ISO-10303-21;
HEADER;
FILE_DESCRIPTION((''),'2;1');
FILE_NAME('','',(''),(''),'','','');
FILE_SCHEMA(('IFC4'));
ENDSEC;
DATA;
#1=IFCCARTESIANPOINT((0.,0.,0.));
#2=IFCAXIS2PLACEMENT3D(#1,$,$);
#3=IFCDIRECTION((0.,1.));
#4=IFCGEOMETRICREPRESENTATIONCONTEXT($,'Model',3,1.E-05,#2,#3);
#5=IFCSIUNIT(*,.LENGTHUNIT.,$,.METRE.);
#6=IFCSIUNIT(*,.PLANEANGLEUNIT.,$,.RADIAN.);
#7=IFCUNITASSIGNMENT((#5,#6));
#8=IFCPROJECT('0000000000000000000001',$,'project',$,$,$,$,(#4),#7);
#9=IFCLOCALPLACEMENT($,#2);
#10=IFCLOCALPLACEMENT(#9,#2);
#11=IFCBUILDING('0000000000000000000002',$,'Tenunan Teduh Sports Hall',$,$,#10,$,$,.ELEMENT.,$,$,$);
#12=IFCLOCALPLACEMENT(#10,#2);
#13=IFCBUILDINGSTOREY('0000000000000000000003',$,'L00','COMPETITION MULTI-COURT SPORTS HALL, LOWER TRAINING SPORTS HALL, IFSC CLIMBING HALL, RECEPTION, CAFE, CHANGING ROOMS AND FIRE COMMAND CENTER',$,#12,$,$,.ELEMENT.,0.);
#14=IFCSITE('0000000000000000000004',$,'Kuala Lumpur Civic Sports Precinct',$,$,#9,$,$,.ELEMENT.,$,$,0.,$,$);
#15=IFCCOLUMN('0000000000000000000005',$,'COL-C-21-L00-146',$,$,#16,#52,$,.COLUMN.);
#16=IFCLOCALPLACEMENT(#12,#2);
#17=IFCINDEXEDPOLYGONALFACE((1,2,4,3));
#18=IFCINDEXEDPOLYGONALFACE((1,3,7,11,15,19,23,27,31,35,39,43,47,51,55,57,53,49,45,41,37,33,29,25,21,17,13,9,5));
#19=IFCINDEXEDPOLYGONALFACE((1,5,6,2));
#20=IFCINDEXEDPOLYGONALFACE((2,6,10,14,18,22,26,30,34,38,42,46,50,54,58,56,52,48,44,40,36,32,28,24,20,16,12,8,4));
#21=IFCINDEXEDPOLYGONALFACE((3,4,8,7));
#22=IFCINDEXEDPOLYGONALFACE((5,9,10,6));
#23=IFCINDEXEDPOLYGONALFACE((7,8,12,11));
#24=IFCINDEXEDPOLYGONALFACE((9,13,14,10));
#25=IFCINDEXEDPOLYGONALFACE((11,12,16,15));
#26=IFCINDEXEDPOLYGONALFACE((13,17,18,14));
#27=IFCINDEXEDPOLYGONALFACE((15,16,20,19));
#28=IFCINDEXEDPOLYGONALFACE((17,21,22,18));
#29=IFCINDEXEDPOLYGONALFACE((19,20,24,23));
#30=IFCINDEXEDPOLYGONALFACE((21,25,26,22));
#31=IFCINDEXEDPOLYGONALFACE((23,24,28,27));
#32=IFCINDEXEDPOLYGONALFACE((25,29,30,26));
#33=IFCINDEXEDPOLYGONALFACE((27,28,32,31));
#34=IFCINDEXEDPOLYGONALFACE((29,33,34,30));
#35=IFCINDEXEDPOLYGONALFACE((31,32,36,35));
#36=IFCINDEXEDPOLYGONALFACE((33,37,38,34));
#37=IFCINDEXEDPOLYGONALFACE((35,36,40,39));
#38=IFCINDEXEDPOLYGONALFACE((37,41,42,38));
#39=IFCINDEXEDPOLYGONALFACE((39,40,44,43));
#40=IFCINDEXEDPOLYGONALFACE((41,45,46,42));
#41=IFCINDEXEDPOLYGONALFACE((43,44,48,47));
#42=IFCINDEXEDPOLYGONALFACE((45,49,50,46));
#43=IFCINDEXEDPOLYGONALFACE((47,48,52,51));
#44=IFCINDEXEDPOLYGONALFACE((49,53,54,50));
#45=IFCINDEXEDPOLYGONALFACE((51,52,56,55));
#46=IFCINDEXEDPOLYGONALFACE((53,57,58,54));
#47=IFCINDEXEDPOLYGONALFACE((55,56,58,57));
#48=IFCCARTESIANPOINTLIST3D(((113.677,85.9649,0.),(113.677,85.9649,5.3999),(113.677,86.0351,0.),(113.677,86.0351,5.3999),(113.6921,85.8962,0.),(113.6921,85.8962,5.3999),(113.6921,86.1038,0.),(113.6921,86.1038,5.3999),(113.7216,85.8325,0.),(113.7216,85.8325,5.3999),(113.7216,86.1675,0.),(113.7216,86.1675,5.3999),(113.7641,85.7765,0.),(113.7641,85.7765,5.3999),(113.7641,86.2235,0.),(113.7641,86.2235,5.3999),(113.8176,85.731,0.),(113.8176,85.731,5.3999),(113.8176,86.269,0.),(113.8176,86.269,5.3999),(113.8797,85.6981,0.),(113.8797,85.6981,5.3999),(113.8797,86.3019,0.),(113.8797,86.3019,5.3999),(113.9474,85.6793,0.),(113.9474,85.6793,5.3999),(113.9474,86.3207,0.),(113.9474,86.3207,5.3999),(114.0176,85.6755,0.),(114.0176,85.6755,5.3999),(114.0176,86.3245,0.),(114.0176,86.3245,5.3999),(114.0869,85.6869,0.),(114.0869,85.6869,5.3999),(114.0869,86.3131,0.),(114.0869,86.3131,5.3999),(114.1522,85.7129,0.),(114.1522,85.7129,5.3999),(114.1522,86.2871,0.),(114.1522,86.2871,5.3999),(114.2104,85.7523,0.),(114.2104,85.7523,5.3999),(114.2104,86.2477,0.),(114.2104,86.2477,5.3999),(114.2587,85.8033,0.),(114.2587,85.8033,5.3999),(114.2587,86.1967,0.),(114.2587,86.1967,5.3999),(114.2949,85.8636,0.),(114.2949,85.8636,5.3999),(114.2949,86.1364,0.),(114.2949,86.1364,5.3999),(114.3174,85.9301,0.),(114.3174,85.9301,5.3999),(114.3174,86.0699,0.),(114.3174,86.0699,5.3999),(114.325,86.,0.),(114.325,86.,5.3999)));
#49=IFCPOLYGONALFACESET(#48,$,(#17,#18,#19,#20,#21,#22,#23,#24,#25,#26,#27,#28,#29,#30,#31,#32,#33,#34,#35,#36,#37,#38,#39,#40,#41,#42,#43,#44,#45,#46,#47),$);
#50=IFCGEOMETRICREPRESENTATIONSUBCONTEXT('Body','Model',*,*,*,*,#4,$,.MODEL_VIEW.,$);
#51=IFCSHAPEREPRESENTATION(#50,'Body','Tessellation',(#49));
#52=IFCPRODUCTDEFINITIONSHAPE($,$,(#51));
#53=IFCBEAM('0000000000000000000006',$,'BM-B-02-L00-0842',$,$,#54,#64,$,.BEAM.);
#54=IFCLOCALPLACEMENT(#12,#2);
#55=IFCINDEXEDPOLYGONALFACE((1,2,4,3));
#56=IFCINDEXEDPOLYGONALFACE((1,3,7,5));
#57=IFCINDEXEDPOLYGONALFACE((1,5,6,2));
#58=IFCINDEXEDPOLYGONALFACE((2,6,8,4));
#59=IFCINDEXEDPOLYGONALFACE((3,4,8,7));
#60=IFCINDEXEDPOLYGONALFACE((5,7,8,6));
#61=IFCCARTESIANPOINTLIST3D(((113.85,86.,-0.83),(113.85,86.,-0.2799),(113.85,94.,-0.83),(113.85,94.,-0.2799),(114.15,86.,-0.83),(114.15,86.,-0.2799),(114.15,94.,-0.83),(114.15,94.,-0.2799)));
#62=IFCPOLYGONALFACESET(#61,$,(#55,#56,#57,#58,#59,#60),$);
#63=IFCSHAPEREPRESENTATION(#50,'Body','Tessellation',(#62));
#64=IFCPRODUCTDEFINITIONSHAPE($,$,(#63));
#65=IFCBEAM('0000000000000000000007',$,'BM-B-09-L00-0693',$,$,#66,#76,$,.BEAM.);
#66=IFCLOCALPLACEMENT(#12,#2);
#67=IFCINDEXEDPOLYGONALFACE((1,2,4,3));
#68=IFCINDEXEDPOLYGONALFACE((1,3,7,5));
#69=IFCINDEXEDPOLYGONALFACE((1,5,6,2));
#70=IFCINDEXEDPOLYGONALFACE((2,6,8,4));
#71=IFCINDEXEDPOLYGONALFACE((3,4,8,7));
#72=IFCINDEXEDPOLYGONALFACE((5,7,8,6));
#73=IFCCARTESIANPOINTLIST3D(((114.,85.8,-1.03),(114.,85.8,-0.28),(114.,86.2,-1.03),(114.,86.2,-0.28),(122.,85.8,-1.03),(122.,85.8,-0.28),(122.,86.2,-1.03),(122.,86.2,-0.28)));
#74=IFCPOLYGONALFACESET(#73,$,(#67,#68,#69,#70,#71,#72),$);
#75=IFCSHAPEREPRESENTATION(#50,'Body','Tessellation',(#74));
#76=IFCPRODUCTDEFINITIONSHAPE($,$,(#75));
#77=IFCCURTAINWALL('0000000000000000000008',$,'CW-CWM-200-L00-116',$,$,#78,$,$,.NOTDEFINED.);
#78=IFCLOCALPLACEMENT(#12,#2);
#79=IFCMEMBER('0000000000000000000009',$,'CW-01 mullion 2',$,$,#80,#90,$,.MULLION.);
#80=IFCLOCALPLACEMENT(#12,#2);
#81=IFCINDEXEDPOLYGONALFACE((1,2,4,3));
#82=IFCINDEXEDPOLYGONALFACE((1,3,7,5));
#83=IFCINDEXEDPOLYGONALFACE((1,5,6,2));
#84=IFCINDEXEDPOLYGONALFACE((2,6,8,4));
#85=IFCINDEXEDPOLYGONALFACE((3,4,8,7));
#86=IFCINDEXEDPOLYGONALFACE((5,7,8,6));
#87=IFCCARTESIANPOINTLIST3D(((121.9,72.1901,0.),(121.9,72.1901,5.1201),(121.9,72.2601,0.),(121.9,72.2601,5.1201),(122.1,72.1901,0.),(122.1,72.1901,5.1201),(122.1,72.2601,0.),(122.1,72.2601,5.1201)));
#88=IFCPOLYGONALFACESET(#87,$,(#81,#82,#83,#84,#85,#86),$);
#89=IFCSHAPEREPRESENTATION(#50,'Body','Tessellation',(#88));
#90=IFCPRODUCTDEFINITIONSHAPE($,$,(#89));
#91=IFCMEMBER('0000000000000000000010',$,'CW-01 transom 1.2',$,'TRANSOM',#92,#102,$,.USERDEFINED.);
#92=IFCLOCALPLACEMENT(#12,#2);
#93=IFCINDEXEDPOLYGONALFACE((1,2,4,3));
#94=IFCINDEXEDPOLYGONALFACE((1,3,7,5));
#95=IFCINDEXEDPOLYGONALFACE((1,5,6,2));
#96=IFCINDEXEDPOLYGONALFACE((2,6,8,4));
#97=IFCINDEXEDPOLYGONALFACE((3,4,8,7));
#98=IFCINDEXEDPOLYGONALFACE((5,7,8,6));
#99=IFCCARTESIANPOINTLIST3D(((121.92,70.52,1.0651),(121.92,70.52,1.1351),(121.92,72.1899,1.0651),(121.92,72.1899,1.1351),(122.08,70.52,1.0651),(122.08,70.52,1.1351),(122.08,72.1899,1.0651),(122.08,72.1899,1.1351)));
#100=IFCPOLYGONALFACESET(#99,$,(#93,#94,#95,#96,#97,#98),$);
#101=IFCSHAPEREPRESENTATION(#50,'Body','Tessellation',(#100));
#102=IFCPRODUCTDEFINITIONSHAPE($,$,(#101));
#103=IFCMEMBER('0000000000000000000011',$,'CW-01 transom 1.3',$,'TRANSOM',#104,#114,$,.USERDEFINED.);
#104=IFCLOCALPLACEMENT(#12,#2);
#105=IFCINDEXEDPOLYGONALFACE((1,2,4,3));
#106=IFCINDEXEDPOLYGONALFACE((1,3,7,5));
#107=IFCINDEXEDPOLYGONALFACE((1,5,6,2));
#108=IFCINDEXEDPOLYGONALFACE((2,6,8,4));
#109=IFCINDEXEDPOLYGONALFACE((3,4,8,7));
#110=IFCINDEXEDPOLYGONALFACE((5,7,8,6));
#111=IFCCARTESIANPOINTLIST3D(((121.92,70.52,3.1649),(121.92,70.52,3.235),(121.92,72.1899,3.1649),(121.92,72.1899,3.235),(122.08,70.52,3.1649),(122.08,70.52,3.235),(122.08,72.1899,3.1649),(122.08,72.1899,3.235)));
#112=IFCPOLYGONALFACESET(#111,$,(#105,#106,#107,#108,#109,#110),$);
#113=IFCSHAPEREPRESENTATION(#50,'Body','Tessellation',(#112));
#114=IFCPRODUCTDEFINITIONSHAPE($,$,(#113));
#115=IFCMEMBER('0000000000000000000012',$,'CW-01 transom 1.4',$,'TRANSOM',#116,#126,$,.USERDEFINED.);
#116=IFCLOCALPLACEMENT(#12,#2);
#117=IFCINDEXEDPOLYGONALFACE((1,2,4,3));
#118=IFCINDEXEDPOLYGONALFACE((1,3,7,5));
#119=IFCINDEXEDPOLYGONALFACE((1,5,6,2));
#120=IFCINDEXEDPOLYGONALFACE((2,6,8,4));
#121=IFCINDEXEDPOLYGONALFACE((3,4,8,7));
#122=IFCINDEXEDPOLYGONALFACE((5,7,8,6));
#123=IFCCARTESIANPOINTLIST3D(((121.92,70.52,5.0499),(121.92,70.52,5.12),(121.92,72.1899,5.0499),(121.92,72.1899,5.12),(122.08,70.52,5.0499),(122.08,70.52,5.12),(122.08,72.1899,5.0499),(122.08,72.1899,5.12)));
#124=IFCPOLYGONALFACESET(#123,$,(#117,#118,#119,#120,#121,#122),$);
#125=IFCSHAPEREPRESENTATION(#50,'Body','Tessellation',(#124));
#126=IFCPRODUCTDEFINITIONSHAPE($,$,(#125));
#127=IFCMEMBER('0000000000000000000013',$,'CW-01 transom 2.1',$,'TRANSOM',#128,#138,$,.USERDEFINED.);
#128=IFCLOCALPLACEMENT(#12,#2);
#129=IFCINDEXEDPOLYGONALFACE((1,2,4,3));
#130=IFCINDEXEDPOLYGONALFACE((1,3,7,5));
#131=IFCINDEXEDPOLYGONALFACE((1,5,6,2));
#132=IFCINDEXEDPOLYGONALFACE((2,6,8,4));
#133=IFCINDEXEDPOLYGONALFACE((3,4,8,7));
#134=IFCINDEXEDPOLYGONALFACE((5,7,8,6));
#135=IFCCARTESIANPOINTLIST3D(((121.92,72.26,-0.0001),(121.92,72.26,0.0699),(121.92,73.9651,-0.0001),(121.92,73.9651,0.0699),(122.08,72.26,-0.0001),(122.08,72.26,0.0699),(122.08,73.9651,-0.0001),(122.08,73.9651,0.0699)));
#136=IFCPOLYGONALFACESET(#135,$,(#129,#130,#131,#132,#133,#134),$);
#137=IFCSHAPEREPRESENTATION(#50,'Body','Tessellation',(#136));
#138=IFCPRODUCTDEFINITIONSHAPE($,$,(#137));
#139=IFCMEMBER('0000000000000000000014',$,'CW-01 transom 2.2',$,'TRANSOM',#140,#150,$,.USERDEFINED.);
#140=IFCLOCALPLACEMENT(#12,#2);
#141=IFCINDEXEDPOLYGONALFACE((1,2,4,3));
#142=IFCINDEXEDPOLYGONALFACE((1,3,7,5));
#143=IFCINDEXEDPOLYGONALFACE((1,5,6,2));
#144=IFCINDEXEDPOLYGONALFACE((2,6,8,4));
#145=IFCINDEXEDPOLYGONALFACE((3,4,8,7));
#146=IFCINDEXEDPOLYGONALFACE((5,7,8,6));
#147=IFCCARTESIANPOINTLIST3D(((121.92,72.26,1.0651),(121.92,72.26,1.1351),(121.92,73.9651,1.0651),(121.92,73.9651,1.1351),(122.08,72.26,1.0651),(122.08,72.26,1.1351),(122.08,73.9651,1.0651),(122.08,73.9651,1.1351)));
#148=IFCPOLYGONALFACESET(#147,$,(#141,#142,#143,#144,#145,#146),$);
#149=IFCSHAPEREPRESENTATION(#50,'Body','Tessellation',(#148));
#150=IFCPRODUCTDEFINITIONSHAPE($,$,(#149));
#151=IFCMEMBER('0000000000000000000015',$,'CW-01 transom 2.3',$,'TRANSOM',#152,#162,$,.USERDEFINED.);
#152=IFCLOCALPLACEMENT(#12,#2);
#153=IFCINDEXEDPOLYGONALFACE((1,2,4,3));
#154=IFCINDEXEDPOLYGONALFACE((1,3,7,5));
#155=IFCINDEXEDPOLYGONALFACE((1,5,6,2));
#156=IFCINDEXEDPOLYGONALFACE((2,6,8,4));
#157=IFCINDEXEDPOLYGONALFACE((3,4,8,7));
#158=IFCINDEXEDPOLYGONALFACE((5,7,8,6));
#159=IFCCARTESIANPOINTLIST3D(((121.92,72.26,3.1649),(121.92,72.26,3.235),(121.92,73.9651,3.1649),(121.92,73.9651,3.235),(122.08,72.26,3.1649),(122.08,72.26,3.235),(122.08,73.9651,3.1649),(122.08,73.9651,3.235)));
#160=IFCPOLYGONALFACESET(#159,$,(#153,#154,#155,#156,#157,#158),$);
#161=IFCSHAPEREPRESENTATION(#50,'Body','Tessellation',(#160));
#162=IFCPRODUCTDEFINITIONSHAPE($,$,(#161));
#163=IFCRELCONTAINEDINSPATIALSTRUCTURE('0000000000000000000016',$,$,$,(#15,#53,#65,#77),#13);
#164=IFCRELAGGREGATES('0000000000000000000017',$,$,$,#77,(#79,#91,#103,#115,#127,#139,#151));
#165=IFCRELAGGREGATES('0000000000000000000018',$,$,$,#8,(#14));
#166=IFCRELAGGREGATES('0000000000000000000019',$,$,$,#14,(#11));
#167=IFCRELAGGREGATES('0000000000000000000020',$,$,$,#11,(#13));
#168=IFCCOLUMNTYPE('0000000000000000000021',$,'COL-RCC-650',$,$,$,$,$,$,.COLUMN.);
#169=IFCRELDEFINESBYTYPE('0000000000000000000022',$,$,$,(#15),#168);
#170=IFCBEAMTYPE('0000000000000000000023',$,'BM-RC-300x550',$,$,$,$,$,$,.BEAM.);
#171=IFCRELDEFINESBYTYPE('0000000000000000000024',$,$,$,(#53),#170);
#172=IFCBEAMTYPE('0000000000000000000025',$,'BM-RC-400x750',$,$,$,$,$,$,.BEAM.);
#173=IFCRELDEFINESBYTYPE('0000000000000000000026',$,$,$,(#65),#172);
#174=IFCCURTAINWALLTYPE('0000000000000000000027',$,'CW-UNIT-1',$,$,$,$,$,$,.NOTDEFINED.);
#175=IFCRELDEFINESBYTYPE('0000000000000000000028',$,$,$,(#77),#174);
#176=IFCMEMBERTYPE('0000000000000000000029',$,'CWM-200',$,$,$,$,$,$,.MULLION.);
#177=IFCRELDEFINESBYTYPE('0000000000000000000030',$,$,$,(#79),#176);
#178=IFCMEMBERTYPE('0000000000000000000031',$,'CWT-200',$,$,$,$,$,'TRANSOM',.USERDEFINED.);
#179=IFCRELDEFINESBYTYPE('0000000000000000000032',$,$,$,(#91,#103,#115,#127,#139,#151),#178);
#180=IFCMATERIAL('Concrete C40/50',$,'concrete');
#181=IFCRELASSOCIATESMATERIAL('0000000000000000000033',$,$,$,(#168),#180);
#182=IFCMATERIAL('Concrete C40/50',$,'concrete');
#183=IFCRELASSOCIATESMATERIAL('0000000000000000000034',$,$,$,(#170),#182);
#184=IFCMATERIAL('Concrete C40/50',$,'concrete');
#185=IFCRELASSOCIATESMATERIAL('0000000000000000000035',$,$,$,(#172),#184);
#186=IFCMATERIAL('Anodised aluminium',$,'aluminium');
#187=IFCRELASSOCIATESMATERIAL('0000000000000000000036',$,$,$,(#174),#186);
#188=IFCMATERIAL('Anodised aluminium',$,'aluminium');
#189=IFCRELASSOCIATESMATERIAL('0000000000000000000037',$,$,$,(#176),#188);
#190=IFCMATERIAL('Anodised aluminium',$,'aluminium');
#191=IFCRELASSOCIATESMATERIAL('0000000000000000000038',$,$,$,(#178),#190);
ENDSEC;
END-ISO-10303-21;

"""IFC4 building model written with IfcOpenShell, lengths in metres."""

from ifc_helpers import new_model, si_unit, direction, frame, origin, origin_2d, place, context, subcontext, project, spatial, rectangle, circle, extrude, material, material_profile, profile_set, type_object, element, aggregate, save


model = new_model("IFC4")

# Units and contexts
model_context = context("Model", 3, precision=1e-05, world=origin(), true_north=direction((0.0, 1.0)))
body_context = subcontext(model_context, "Body", "Model", "MODEL_VIEW")
ifc_project = project(units=[si_unit("LENGTHUNIT", "METRE"), si_unit("PLANEANGLEUNIT", "RADIAN")], contexts=[model_context])

# Site, building, storey
site_placement = place(None, origin())
site = spatial("IfcSite", under=ifc_project, at=site_placement, Name="Kuala Lumpur Civic Sports Precinct", CompositionType="ELEMENT", RefElevation=0.0)
building_placement = place(site_placement, origin())
building = spatial("IfcBuilding", under=site, at=building_placement, Name="Tenunan Teduh Sports Hall", CompositionType="ELEMENT")
storey_placement = place(building_placement, origin())
storey = spatial("IfcBuildingStorey", under=building, at=storey_placement, Name="L00", Description="COMPETITION MULTI-COURT SPORTS HALL, LOWER TRAINING SPORTS HALL, IFSC CLIMBING HALL, RECEPTION, CAFE, CHANGING ROOMS AND FIRE COMMAND CENTER", CompositionType="ELEMENT", Elevation=0.0)

# Column
ifc_material_1 = material(Name="Concrete C40/50", Category="concrete")
ifc_material_profile_1 = material_profile(ifc_material_1, circle(Radius=0.325, at=origin_2d()), Name="RCC D650")
ifc_profile_set_1 = profile_set([ifc_material_profile_1], Name="Concrete C40/50")
column_type = type_object("IfcColumnType", Name="COL-RCC-650", PredefinedType="COLUMN", material=ifc_profile_set_1)
column_placement = place(storey_placement, frame((114.0, 86.0, 0.0), z_axis=(0.0, 0.0, 1.0), x_axis=(1.0, 0.0, 0.0)))
element("IfcColumn", 1, at=column_placement, inside=storey, type_object=column_type, Name="COL-C-21-L00-146", PredefinedType="COLUMN", context=body_context, shape_type="SweptSolid", body=[
    extrude(circle(Radius=0.325, at=origin_2d()), origin(), (0.0, 0.0, 1.0), 5.3999),
])

# Beams
ifc_material_2 = material(Name="Concrete C40/50", Category="concrete")
ifc_material_profile_2 = material_profile(ifc_material_2, rectangle(XDim=0.3, YDim=0.55, at=origin_2d()), Name="RCB 300x550")
ifc_profile_set_2 = profile_set([ifc_material_profile_2], Name="Concrete C40/50")
beam_type_1 = type_object("IfcBeamType", Name="BM-RC-300x550", PredefinedType="BEAM", material=ifc_profile_set_2)
beam_1_placement = place(storey_placement, frame((114.0, 86.0, -0.5549), z_axis=(0.0, 1.0, 0.0), x_axis=(-1.0, 0.0, 0.0)))
element("IfcBeam", 2, at=beam_1_placement, inside=storey, type_object=beam_type_1, Name="BM-B-02-L00-0842", PredefinedType="BEAM", context=body_context, shape_type="SweptSolid", body=[
    extrude(rectangle(XDim=0.3, YDim=0.55, at=origin_2d()), origin(), (0.0, 0.0, 1.0), 8.0),
])
ifc_material_3 = material(Name="Concrete C40/50", Category="concrete")
ifc_material_profile_3 = material_profile(ifc_material_3, rectangle(XDim=0.3999, YDim=0.75, at=origin_2d()), Name="RCB 400x750")
ifc_profile_set_3 = profile_set([ifc_material_profile_3], Name="Concrete C40/50")
beam_type_2 = type_object("IfcBeamType", Name="BM-RC-400x750", PredefinedType="BEAM", material=ifc_profile_set_3)
beam_2_placement = place(storey_placement, frame((114.0, 86.0, -0.655), z_axis=(1.0, 0.0, 0.0), x_axis=(0.0, 1.0, 0.0)))
element("IfcBeam", 3, at=beam_2_placement, inside=storey, type_object=beam_type_2, Name="BM-B-09-L00-0693", PredefinedType="BEAM", context=body_context, shape_type="SweptSolid", body=[
    extrude(rectangle(XDim=0.3999, YDim=0.75, at=origin_2d()), origin(), (0.0, 0.0, 1.0), 8.0),
])

# Curtain wall, members
ifc_material_4 = material(Name="Anodised aluminium", Category="aluminium")
curtain_wall_type = type_object("IfcCurtainWallType", Name="CW-UNIT-1", PredefinedType="NOTDEFINED", material=ifc_material_4)
curtain_wall_placement = place(storey_placement, origin())
curtain_wall = element("IfcCurtainWall", 4, at=curtain_wall_placement, inside=storey, type_object=curtain_wall_type, Name="CW-CWM-200-L00-116", PredefinedType="NOTDEFINED")
ifc_material_5 = material(Name="Anodised aluminium", Category="aluminium")
ifc_material_profile_4 = material_profile(ifc_material_5, rectangle(XDim=0.0701, YDim=0.2, at=origin_2d()), Name="CWM 70x200")
ifc_profile_set_4 = profile_set([ifc_material_profile_4], Name="Anodised aluminium")
member_type_1 = type_object("IfcMemberType", Name="CWM-200", PredefinedType="MULLION", material=ifc_profile_set_4)
member_1_placement = place(storey_placement, frame((122.0, 72.2251, 0.0), z_axis=(0.0, 0.0, 1.0), x_axis=(0.0, 1.0, 0.0)))
member_1 = element("IfcMember", 5, at=member_1_placement, type_object=member_type_1, Name="CW-01 mullion 2", PredefinedType="MULLION", context=body_context, shape_type="SweptSolid", body=[
    extrude(rectangle(XDim=0.0701, YDim=0.2, at=origin_2d()), origin(), (0.0, 0.0, 1.0), 5.1201),
])
ifc_material_6 = material(Name="Anodised aluminium", Category="aluminium")
ifc_material_profile_5 = material_profile(ifc_material_6, rectangle(XDim=0.0701, YDim=0.1599, at=origin_2d()), Name="CWT 70x160")
ifc_profile_set_5 = profile_set([ifc_material_profile_5], Name="Anodised aluminium")
member_type_2 = type_object("IfcMemberType", Name="CWT-200", ElementType="TRANSOM", PredefinedType="USERDEFINED", material=ifc_profile_set_5)
member_2_placement = place(storey_placement, frame((122.0, 70.52, 1.1001), z_axis=(0.0, 1.0, 0.0), x_axis=(0.0, 0.0, 1.0)))
member_2 = element("IfcMember", 6, at=member_2_placement, type_object=member_type_2, Name="CW-01 transom 1.2", ObjectType="TRANSOM", PredefinedType="USERDEFINED", context=body_context, shape_type="SweptSolid", body=[
    extrude(rectangle(XDim=0.0701, YDim=0.1599, at=origin_2d()), origin(), (0.0, 0.0, 1.0), 1.6699),
])
member_3_placement = place(storey_placement, frame((122.0, 70.52, 3.2), z_axis=(0.0, 1.0, 0.0), x_axis=(0.0, 0.0, 1.0)))
member_3 = element("IfcMember", 7, at=member_3_placement, type_object=member_type_2, Name="CW-01 transom 1.3", ObjectType="TRANSOM", PredefinedType="USERDEFINED", context=body_context, shape_type="SweptSolid", body=[
    extrude(rectangle(XDim=0.0701, YDim=0.1599, at=origin_2d()), origin(), (0.0, 0.0, 1.0), 1.6699),
])
member_4_placement = place(storey_placement, frame((122.0, 70.52, 5.085), z_axis=(0.0, 1.0, 0.0), x_axis=(0.0, 0.0, 1.0)))
member_4 = element("IfcMember", 8, at=member_4_placement, type_object=member_type_2, Name="CW-01 transom 1.4", ObjectType="TRANSOM", PredefinedType="USERDEFINED", context=body_context, shape_type="SweptSolid", body=[
    extrude(rectangle(XDim=0.0701, YDim=0.1599, at=origin_2d()), origin(), (0.0, 0.0, 1.0), 1.6699),
])
member_5_placement = place(storey_placement, frame((122.0, 72.26, 0.0349), z_axis=(0.0, 1.0, 0.0), x_axis=(0.0, 0.0, 1.0)))
member_5 = element("IfcMember", 9, at=member_5_placement, type_object=member_type_2, Name="CW-01 transom 2.1", ObjectType="TRANSOM", PredefinedType="USERDEFINED", context=body_context, shape_type="SweptSolid", body=[
    extrude(rectangle(XDim=0.0701, YDim=0.1599, at=origin_2d()), origin(), (0.0, 0.0, 1.0), 1.7051),
])
member_6_placement = place(storey_placement, frame((122.0, 72.26, 1.1001), z_axis=(0.0, 1.0, 0.0), x_axis=(0.0, 0.0, 1.0)))
member_6 = element("IfcMember", 10, at=member_6_placement, type_object=member_type_2, Name="CW-01 transom 2.2", ObjectType="TRANSOM", PredefinedType="USERDEFINED", context=body_context, shape_type="SweptSolid", body=[
    extrude(rectangle(XDim=0.0701, YDim=0.1599, at=origin_2d()), origin(), (0.0, 0.0, 1.0), 1.7051),
])
member_7_placement = place(storey_placement, frame((122.0, 72.26, 3.2), z_axis=(0.0, 1.0, 0.0), x_axis=(0.0, 0.0, 1.0)))
member_7 = element("IfcMember", 11, at=member_7_placement, type_object=member_type_2, Name="CW-01 transom 2.3", ObjectType="TRANSOM", PredefinedType="USERDEFINED", context=body_context, shape_type="SweptSolid", body=[
    extrude(rectangle(XDim=0.0701, YDim=0.1599, at=origin_2d()), origin(), (0.0, 0.0, 1.0), 1.7051),
])

aggregate(curtain_wall, [member_1, member_2, member_3, member_4, member_5, member_6, member_7])

save(model, "model.ifc")
